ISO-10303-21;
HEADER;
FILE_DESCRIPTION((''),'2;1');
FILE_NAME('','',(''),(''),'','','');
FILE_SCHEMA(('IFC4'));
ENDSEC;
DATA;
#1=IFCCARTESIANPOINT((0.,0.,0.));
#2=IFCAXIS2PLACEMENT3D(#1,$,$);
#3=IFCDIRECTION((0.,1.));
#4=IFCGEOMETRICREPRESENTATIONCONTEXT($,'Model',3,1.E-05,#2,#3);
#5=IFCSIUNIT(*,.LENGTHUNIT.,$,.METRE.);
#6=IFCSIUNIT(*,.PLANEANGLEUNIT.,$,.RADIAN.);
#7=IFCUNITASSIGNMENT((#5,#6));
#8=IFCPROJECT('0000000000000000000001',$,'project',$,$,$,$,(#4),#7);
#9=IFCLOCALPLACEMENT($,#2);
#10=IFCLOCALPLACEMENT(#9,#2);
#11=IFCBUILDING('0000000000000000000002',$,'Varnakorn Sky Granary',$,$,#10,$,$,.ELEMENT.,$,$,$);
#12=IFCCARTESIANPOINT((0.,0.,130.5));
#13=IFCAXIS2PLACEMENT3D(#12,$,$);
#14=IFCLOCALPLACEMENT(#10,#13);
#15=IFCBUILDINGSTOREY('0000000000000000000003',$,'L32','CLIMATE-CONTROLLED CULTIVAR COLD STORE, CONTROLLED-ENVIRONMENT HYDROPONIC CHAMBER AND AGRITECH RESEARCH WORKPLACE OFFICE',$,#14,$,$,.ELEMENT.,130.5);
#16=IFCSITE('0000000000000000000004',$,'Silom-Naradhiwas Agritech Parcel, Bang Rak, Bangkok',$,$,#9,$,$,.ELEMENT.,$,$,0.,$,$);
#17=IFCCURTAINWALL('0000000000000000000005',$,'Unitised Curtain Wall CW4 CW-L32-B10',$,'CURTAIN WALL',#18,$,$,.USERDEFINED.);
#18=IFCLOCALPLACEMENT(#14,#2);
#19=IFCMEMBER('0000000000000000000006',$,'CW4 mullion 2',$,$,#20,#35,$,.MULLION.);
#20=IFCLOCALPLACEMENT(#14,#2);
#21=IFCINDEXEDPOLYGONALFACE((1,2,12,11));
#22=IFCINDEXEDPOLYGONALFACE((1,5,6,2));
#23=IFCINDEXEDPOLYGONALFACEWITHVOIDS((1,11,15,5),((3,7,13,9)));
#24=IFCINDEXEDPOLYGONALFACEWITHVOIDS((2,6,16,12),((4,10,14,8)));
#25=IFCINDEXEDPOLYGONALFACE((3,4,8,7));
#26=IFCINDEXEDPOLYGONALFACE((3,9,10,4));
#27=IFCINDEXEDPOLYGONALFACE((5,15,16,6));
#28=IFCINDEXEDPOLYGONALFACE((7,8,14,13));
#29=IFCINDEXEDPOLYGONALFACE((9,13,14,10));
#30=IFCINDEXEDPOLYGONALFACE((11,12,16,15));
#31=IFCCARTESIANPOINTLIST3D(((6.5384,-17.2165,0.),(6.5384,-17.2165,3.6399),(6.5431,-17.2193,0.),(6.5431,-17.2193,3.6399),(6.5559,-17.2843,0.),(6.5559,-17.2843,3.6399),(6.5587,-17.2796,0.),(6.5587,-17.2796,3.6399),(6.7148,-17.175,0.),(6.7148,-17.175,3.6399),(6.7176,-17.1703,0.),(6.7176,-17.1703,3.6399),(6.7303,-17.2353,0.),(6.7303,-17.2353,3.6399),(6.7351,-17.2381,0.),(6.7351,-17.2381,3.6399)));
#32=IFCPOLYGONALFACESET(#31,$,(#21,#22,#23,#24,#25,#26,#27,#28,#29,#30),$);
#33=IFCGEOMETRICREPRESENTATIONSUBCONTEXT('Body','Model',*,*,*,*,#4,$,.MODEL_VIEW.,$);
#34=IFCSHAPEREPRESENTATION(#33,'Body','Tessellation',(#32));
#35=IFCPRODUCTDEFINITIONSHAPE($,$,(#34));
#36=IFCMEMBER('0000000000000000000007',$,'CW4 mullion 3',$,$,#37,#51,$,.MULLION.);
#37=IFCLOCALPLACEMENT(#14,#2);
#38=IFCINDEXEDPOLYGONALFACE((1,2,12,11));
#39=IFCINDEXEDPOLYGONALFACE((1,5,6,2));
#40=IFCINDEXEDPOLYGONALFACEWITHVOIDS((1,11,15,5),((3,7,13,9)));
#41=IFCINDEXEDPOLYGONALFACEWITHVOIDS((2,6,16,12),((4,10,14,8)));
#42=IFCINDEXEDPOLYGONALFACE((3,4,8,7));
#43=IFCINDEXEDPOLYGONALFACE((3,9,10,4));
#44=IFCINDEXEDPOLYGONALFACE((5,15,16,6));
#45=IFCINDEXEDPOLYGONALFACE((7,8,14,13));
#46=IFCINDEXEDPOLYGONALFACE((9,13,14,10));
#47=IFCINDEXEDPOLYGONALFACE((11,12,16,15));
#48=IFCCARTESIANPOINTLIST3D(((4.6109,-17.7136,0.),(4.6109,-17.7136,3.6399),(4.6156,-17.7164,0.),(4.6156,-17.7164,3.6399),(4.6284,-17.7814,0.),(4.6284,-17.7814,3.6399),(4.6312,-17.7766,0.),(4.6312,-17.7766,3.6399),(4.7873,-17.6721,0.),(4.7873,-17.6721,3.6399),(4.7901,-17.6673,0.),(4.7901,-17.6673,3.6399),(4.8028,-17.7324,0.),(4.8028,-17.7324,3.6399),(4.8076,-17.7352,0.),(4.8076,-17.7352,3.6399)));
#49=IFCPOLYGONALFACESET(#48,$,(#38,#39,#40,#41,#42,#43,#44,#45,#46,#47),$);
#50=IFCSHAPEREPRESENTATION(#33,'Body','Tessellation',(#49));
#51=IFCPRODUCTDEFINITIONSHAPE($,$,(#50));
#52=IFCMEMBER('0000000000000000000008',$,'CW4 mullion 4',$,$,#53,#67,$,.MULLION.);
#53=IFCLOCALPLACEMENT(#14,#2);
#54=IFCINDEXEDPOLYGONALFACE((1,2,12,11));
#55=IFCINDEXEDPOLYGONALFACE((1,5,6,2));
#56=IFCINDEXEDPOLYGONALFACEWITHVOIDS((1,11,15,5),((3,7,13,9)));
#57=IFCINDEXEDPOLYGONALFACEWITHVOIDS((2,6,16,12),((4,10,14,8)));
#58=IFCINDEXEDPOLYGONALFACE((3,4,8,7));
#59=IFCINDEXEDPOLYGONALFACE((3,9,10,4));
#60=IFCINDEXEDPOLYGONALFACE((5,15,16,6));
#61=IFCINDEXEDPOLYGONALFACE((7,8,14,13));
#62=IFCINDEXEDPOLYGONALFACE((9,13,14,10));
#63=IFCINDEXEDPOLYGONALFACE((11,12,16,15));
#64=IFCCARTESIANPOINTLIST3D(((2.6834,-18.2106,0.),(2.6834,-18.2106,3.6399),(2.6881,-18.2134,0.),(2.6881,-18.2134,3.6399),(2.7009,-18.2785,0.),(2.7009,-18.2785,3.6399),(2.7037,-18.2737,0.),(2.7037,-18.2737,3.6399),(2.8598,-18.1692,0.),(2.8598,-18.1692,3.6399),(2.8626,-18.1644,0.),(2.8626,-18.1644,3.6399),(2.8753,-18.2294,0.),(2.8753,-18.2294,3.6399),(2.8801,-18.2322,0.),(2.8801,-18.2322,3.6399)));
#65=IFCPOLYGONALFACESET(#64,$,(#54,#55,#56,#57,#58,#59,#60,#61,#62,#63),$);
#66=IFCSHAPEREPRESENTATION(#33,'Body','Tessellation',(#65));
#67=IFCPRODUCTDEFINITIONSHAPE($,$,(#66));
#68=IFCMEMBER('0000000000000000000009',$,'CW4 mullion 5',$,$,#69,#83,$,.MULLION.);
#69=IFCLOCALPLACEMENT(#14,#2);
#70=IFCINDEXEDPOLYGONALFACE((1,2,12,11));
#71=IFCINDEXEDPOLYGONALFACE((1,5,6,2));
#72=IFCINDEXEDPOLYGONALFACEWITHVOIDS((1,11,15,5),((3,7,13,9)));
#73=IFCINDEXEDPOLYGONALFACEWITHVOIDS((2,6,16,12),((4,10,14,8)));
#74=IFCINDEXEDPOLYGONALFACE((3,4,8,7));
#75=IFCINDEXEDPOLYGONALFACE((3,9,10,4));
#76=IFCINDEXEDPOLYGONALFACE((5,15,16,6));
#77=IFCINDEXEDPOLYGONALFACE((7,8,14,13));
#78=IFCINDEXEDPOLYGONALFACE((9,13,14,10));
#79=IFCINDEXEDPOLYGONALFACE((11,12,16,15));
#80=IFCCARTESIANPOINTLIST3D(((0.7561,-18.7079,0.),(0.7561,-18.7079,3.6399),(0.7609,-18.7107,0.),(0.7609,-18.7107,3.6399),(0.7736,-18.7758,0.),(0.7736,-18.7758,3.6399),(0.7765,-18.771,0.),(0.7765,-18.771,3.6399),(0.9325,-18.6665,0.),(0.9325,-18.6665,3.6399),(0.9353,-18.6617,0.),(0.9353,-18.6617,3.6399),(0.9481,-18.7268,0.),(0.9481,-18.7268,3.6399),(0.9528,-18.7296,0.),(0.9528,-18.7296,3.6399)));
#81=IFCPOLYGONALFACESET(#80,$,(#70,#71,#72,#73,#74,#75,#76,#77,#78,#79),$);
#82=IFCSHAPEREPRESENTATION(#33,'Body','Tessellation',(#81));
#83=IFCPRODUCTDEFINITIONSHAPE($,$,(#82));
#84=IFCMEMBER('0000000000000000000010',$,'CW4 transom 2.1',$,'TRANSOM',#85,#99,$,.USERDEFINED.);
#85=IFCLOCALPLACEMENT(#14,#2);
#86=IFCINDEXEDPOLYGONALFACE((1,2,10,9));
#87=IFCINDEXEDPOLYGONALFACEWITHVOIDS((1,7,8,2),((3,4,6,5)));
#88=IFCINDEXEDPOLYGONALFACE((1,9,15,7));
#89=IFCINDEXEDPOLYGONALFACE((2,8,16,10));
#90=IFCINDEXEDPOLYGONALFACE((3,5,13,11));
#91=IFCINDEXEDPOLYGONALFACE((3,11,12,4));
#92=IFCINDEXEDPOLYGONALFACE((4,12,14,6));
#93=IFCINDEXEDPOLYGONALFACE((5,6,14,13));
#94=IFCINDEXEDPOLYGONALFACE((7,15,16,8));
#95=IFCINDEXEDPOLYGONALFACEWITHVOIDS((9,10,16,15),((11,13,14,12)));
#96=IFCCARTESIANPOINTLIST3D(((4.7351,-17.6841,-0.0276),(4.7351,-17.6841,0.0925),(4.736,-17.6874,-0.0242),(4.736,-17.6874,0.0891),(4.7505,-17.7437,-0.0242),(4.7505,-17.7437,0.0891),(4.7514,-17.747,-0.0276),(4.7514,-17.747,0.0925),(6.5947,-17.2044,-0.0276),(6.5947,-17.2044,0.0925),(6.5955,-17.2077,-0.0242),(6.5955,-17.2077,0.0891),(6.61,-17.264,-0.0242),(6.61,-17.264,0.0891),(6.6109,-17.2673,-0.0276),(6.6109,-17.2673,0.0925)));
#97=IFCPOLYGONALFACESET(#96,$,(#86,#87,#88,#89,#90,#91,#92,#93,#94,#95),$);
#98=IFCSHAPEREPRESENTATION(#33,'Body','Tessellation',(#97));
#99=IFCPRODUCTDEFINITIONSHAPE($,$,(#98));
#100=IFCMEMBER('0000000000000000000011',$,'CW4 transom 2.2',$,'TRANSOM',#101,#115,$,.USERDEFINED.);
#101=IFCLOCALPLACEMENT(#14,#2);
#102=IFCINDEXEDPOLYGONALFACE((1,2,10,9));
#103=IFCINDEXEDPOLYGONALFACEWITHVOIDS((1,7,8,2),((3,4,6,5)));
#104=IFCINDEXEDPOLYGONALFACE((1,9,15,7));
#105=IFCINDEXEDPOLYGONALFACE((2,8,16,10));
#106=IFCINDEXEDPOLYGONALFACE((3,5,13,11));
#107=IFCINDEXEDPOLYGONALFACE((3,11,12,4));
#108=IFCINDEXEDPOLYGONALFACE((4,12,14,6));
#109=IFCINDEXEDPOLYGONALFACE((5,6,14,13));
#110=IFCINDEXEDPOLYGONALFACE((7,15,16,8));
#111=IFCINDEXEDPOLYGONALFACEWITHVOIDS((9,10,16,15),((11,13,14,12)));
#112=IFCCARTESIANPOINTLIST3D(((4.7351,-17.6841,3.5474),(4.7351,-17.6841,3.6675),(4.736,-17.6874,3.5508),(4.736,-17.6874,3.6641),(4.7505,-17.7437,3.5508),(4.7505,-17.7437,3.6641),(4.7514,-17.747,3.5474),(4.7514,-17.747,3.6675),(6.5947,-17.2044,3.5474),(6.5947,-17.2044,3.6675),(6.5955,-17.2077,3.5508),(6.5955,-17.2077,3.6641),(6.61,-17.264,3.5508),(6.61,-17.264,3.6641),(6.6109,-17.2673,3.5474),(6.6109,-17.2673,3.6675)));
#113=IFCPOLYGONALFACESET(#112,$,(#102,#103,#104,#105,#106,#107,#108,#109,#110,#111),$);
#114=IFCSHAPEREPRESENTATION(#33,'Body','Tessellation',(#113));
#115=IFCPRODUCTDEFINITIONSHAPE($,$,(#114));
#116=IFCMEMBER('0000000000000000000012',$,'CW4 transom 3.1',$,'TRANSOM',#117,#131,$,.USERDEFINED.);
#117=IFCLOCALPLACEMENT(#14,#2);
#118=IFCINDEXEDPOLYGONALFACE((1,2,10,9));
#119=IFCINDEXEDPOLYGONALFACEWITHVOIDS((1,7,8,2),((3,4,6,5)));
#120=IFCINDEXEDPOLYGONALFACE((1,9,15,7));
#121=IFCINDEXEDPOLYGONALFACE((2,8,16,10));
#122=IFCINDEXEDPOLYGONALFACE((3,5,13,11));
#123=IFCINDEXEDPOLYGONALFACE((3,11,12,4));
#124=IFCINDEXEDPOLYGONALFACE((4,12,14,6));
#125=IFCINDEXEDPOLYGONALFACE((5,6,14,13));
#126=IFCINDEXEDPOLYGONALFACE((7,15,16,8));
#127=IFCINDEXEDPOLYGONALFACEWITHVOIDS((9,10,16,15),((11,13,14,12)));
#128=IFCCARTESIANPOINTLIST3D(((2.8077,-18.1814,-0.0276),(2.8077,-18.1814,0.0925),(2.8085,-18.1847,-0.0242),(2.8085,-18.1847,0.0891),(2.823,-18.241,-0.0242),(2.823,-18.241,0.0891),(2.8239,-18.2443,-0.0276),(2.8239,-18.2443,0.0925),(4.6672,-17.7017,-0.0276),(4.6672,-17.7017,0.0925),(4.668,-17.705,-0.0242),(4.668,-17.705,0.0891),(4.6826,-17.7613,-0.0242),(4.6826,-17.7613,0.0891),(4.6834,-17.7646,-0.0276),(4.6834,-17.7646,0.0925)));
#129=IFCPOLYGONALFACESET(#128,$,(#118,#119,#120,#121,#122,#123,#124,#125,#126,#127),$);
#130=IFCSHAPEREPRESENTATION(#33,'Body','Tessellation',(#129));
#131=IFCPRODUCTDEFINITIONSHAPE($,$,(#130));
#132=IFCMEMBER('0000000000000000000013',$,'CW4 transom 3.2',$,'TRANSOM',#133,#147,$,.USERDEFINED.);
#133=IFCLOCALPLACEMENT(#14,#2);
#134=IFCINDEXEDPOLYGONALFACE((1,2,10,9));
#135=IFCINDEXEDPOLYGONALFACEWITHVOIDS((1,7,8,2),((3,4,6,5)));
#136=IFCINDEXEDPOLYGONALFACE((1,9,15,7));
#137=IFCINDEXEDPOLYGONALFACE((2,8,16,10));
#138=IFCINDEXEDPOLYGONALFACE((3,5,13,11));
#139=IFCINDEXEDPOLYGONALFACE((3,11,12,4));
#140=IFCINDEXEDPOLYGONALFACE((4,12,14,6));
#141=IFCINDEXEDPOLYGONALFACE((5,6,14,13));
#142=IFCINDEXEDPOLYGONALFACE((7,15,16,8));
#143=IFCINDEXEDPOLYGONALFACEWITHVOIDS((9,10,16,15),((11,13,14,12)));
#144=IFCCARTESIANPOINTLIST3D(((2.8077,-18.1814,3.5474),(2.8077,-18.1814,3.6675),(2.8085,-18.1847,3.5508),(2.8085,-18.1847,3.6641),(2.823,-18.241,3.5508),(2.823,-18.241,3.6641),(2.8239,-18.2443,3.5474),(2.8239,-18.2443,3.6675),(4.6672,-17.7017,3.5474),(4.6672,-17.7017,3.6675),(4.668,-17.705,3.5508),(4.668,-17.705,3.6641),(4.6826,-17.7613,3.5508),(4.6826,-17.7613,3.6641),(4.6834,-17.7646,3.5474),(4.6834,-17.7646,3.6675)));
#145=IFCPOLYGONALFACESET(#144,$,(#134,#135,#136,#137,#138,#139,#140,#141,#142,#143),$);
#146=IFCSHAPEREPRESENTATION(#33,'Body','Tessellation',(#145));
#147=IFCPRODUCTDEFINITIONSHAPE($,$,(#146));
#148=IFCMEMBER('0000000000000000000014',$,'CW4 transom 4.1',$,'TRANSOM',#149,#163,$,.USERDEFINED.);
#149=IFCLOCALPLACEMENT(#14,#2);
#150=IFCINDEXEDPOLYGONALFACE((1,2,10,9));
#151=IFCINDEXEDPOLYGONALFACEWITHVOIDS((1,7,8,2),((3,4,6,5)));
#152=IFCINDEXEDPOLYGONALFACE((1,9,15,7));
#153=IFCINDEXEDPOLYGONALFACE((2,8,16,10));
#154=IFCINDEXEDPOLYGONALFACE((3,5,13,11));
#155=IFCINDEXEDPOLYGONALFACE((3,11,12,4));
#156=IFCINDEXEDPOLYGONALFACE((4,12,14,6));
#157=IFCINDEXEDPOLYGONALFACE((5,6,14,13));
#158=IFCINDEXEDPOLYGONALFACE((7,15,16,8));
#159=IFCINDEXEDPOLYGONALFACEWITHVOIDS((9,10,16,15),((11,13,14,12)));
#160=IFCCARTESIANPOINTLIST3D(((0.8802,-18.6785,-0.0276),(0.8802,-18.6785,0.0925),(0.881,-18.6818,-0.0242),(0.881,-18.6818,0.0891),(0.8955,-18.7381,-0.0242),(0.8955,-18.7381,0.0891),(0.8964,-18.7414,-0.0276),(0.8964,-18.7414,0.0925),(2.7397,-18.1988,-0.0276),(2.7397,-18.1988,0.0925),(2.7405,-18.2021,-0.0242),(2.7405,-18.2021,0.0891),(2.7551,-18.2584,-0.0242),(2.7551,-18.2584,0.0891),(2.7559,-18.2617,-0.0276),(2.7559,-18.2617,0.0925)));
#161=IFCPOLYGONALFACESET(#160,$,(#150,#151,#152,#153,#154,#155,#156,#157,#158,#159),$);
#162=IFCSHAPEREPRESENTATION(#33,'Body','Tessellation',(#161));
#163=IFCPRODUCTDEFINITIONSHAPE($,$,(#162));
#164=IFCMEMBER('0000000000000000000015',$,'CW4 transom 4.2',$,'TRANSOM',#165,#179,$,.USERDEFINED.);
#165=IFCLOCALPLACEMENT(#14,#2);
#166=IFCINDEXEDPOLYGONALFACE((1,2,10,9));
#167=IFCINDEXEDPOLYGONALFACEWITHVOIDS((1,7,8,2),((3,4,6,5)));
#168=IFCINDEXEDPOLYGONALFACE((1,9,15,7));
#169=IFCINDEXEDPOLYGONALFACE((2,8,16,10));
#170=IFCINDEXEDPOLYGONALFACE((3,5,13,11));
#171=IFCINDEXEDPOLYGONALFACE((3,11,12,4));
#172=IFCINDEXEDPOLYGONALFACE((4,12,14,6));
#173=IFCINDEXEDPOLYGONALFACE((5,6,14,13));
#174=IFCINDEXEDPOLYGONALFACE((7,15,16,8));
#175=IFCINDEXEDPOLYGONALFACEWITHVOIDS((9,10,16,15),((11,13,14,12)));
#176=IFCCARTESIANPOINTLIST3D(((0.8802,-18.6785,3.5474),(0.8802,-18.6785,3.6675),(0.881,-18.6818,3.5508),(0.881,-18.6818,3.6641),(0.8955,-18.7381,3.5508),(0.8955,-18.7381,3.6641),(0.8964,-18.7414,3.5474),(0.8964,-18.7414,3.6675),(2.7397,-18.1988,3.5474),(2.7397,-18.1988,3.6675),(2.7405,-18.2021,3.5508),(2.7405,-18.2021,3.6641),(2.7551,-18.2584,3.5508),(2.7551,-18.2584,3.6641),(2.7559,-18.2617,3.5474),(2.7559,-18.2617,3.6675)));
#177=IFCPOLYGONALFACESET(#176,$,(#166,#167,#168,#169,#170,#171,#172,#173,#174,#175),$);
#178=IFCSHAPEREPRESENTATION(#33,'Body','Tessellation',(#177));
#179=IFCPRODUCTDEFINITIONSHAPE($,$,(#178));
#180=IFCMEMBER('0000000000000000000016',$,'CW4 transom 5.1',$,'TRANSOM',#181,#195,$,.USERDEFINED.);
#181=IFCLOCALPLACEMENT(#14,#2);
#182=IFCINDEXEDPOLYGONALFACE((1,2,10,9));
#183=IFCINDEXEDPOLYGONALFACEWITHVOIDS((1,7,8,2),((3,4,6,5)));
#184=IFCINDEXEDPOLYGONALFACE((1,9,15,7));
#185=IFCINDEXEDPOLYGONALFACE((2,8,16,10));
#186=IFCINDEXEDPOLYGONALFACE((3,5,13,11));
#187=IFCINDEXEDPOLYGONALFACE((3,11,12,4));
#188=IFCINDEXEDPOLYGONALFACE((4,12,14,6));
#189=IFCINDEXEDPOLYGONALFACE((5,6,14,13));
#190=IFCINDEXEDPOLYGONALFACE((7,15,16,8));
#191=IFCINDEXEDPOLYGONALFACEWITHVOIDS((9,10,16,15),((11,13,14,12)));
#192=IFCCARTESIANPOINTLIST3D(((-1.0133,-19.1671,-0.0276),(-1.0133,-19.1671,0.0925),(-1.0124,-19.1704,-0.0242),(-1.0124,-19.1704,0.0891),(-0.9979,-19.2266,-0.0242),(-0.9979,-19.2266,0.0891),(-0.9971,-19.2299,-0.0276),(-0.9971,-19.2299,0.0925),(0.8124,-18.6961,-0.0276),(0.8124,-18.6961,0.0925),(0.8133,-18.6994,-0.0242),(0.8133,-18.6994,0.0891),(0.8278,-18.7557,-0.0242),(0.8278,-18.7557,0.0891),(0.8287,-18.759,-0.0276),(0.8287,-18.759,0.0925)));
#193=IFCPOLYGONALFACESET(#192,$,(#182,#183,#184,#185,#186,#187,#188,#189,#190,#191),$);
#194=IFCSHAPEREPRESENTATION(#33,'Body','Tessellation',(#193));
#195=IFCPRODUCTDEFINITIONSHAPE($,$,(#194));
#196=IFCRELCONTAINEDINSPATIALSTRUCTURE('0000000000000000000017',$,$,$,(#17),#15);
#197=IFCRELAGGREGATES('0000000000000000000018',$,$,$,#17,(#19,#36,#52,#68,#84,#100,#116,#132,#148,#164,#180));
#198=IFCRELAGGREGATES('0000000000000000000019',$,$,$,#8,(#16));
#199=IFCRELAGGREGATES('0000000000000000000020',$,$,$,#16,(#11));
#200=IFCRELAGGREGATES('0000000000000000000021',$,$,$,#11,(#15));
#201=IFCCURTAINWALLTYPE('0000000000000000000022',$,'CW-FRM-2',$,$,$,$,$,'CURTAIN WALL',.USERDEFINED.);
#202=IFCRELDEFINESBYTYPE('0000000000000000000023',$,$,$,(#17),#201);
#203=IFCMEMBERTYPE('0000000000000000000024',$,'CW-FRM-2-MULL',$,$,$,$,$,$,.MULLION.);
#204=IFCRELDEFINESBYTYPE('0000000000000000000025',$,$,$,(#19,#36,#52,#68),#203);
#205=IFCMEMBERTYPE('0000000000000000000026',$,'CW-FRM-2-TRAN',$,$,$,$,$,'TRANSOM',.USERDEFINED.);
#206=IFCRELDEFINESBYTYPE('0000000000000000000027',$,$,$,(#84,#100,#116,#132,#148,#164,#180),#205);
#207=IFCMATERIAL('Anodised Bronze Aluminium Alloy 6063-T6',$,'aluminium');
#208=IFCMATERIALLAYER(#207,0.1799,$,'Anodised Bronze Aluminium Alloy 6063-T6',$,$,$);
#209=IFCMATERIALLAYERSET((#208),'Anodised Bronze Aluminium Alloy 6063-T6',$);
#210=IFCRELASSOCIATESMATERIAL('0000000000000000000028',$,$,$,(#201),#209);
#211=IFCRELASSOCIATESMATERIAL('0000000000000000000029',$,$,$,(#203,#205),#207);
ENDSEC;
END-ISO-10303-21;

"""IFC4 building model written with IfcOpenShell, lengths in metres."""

from ifc_helpers import new_model, si_unit, direction, frame, origin, origin_2d, place, context, subcontext, project, spatial, hollow_rectangle, extrude, material, layer, layer_set, material_profile, profile_set, type_object, element, aggregate, save


model = new_model("IFC4")

# Units and contexts
model_context = context("Model", 3, precision=1e-05, world=origin(), true_north=direction((0.0, 1.0)))
body_context = subcontext(model_context, "Body", "Model", "MODEL_VIEW")
ifc_project = project(units=[si_unit("LENGTHUNIT", "METRE"), si_unit("PLANEANGLEUNIT", "RADIAN")], contexts=[model_context])

# Site, building, storey
site_placement = place(None, origin())
site = spatial("IfcSite", under=ifc_project, at=site_placement, Name="Silom-Naradhiwas Agritech Parcel, Bang Rak, Bangkok", CompositionType="ELEMENT", RefElevation=0.0)
building_placement = place(site_placement, origin())
building = spatial("IfcBuilding", under=site, at=building_placement, Name="Varnakorn Sky Granary", CompositionType="ELEMENT")
storey_placement = place(building_placement, frame((0.0, 0.0, 130.5)))
storey = spatial("IfcBuildingStorey", under=building, at=storey_placement, Name="L32", Description="CLIMATE-CONTROLLED CULTIVAR COLD STORE, CONTROLLED-ENVIRONMENT HYDROPONIC CHAMBER AND AGRITECH RESEARCH WORKPLACE OFFICE", CompositionType="ELEMENT", Elevation=130.5)

# Curtain wall, members
ifc_material_1 = material(Name="Anodised Bronze Aluminium Alloy 6063-T6", Category="aluminium")
ifc_layer_1 = layer(ifc_material_1, 0.1799, Name="Anodised Bronze Aluminium Alloy 6063-T6")
ifc_layer_set_1 = layer_set([ifc_layer_1], Name="Anodised Bronze Aluminium Alloy 6063-T6")
curtain_wall_type = type_object("IfcCurtainWallType", Name="CW-FRM-2", ElementType="CURTAIN WALL", PredefinedType="USERDEFINED", material=ifc_layer_set_1)
curtain_wall_placement = place(storey_placement, origin())
curtain_wall = element("IfcCurtainWall", 1, at=curtain_wall_placement, inside=storey, type_object=curtain_wall_type, Name="Unitised Curtain Wall CW4 CW-L32-B10", ObjectType="CURTAIN WALL", PredefinedType="USERDEFINED")
ifc_material_profile_1 = material_profile(ifc_material_1, hollow_rectangle(XDim=0.0701, YDim=0.1851, WallThickness=0.0039, at=origin_2d()), Name="ALU MULL 70x185")
ifc_profile_set_1 = profile_set([ifc_material_profile_1], Name="Anodised Bronze Aluminium Alloy 6063-T6")
member_type_1 = type_object("IfcMemberType", Name="CW-FRM-2-MULL", PredefinedType="MULLION", material=ifc_profile_set_1)
member_1_placement = place(storey_placement, frame((6.6367, -17.2273, 0.0), z_axis=(0.0, 0.0, 1.0), x_axis=(0.249777, -0.968303, 0.0)))
member_1 = element("IfcMember", 2, at=member_1_placement, type_object=member_type_1, Name="CW4 mullion 2", PredefinedType="MULLION", context=body_context, shape_type="SweptSolid", body=[
    extrude(hollow_rectangle(XDim=0.0701, YDim=0.1851, WallThickness=0.0039, at=origin_2d()), origin(), (0.0, 0.0, 1.0), 3.6399),
])
member_2_placement = place(storey_placement, frame((4.7092, -17.7244, 0.0), z_axis=(0.0, 0.0, 1.0), x_axis=(0.249777, -0.968303, 0.0)))
member_2 = element("IfcMember", 3, at=member_2_placement, type_object=member_type_1, Name="CW4 mullion 3", PredefinedType="MULLION", context=body_context, shape_type="SweptSolid", body=[
    extrude(hollow_rectangle(XDim=0.0701, YDim=0.1851, WallThickness=0.0039, at=origin_2d()), origin(), (0.0, 0.0, 1.0), 3.6399),
])
member_3_placement = place(storey_placement, frame((2.7817, -18.2214, 0.0), z_axis=(0.0, 0.0, 1.0), x_axis=(0.249777, -0.968303, 0.0)))
member_3 = element("IfcMember", 4, at=member_3_placement, type_object=member_type_1, Name="CW4 mullion 4", PredefinedType="MULLION", context=body_context, shape_type="SweptSolid", body=[
    extrude(hollow_rectangle(XDim=0.0701, YDim=0.1851, WallThickness=0.0039, at=origin_2d()), origin(), (0.0, 0.0, 1.0), 3.6399),
])
member_4_placement = place(storey_placement, frame((0.8545, -18.7188, 0.0), z_axis=(0.0, 0.0, 1.0), x_axis=(0.249777, -0.968303, 0.0)))
member_4 = element("IfcMember", 5, at=member_4_placement, type_object=member_type_1, Name="CW4 mullion 5", PredefinedType="MULLION", context=body_context, shape_type="SweptSolid", body=[
    extrude(hollow_rectangle(XDim=0.0701, YDim=0.1851, WallThickness=0.0039, at=origin_2d()), origin(), (0.0, 0.0, 1.0), 3.6399),
])
ifc_material_profile_2 = material_profile(ifc_material_1, hollow_rectangle(XDim=0.0649, YDim=0.1201, WallThickness=0.0034, at=origin_2d()), Name="ALU TRAN 65x120")
ifc_profile_set_2 = profile_set([ifc_material_profile_2], Name="Anodised Bronze Aluminium Alloy 6063-T6")
member_type_2 = type_object("IfcMemberType", Name="CW-FRM-2-TRAN", ElementType="TRANSOM", PredefinedType="USERDEFINED", material=ifc_profile_set_2)
member_5_placement = place(storey_placement, frame((6.6028, -17.2358, 0.0325), z_axis=(-0.968298, -0.249797, 0.0), x_axis=(0.249797, -0.968298, 0.0)))
member_5 = element("IfcMember", 6, at=member_5_placement, type_object=member_type_2, Name="CW4 transom 2.1", ObjectType="TRANSOM", PredefinedType="USERDEFINED", context=body_context, shape_type="SweptSolid", body=[
    extrude(hollow_rectangle(XDim=0.0649, YDim=0.1201, WallThickness=0.0034, at=origin_2d()), origin(), (0.0, 0.0, 1.0), 1.9204),
])
member_6_placement = place(storey_placement, frame((6.6028, -17.2358, 3.6074), z_axis=(-0.968298, -0.249797, 0.0), x_axis=(0.249797, -0.968298, 0.0)))
member_6 = element("IfcMember", 7, at=member_6_placement, type_object=member_type_2, Name="CW4 transom 2.2", ObjectType="TRANSOM", PredefinedType="USERDEFINED", context=body_context, shape_type="SweptSolid", body=[
    extrude(hollow_rectangle(XDim=0.0649, YDim=0.1201, WallThickness=0.0034, at=origin_2d()), origin(), (0.0, 0.0, 1.0), 1.9204),
])
member_7_placement = place(storey_placement, frame((4.6753, -17.7332, 0.0325), z_axis=(-0.968298, -0.249797, 0.0), x_axis=(0.249797, -0.968298, 0.0)))
member_7 = element("IfcMember", 8, at=member_7_placement, type_object=member_type_2, Name="CW4 transom 3.1", ObjectType="TRANSOM", PredefinedType="USERDEFINED", context=body_context, shape_type="SweptSolid", body=[
    extrude(hollow_rectangle(XDim=0.0649, YDim=0.1201, WallThickness=0.0034, at=origin_2d()), origin(), (0.0, 0.0, 1.0), 1.9204),
])
member_8_placement = place(storey_placement, frame((4.6753, -17.7332, 3.6074), z_axis=(-0.968298, -0.249797, 0.0), x_axis=(0.249797, -0.968298, 0.0)))
member_8 = element("IfcMember", 9, at=member_8_placement, type_object=member_type_2, Name="CW4 transom 3.2", ObjectType="TRANSOM", PredefinedType="USERDEFINED", context=body_context, shape_type="SweptSolid", body=[
    extrude(hollow_rectangle(XDim=0.0649, YDim=0.1201, WallThickness=0.0034, at=origin_2d()), origin(), (0.0, 0.0, 1.0), 1.9204),
])
member_9_placement = place(storey_placement, frame((2.7478, -18.2302, 0.0325), z_axis=(-0.968298, -0.249797, 0.0), x_axis=(0.249797, -0.968298, 0.0)))
member_9 = element("IfcMember", 10, at=member_9_placement, type_object=member_type_2, Name="CW4 transom 4.1", ObjectType="TRANSOM", PredefinedType="USERDEFINED", context=body_context, shape_type="SweptSolid", body=[
    extrude(hollow_rectangle(XDim=0.0649, YDim=0.1201, WallThickness=0.0034, at=origin_2d()), origin(), (0.0, 0.0, 1.0), 1.9204),
])
member_10_placement = place(storey_placement, frame((2.7478, -18.2302, 3.6074), z_axis=(-0.968298, -0.249797, 0.0), x_axis=(0.249797, -0.968298, 0.0)))
member_10 = element("IfcMember", 11, at=member_10_placement, type_object=member_type_2, Name="CW4 transom 4.2", ObjectType="TRANSOM", PredefinedType="USERDEFINED", context=body_context, shape_type="SweptSolid", body=[
    extrude(hollow_rectangle(XDim=0.0649, YDim=0.1201, WallThickness=0.0034, at=origin_2d()), origin(), (0.0, 0.0, 1.0), 1.9204),
])
member_11_placement = place(storey_placement, frame((0.8206, -18.7275, 0.0325), z_axis=(-0.968303, -0.24978, 0.0), x_axis=(0.24978, -0.968303, 0.0)))
member_11 = element("IfcMember", 12, at=member_11_placement, type_object=member_type_2, Name="CW4 transom 5.1", ObjectType="TRANSOM", PredefinedType="USERDEFINED", context=body_context, shape_type="SweptSolid", body=[
    extrude(hollow_rectangle(XDim=0.0649, YDim=0.1201, WallThickness=0.0034, at=origin_2d()), origin(), (0.0, 0.0, 1.0), 1.8855),
])

aggregate(curtain_wall, [member_1, member_2, member_3, member_4, member_5, member_6, member_7, member_8, member_9, member_10, member_11])

save(model, "model.ifc")
